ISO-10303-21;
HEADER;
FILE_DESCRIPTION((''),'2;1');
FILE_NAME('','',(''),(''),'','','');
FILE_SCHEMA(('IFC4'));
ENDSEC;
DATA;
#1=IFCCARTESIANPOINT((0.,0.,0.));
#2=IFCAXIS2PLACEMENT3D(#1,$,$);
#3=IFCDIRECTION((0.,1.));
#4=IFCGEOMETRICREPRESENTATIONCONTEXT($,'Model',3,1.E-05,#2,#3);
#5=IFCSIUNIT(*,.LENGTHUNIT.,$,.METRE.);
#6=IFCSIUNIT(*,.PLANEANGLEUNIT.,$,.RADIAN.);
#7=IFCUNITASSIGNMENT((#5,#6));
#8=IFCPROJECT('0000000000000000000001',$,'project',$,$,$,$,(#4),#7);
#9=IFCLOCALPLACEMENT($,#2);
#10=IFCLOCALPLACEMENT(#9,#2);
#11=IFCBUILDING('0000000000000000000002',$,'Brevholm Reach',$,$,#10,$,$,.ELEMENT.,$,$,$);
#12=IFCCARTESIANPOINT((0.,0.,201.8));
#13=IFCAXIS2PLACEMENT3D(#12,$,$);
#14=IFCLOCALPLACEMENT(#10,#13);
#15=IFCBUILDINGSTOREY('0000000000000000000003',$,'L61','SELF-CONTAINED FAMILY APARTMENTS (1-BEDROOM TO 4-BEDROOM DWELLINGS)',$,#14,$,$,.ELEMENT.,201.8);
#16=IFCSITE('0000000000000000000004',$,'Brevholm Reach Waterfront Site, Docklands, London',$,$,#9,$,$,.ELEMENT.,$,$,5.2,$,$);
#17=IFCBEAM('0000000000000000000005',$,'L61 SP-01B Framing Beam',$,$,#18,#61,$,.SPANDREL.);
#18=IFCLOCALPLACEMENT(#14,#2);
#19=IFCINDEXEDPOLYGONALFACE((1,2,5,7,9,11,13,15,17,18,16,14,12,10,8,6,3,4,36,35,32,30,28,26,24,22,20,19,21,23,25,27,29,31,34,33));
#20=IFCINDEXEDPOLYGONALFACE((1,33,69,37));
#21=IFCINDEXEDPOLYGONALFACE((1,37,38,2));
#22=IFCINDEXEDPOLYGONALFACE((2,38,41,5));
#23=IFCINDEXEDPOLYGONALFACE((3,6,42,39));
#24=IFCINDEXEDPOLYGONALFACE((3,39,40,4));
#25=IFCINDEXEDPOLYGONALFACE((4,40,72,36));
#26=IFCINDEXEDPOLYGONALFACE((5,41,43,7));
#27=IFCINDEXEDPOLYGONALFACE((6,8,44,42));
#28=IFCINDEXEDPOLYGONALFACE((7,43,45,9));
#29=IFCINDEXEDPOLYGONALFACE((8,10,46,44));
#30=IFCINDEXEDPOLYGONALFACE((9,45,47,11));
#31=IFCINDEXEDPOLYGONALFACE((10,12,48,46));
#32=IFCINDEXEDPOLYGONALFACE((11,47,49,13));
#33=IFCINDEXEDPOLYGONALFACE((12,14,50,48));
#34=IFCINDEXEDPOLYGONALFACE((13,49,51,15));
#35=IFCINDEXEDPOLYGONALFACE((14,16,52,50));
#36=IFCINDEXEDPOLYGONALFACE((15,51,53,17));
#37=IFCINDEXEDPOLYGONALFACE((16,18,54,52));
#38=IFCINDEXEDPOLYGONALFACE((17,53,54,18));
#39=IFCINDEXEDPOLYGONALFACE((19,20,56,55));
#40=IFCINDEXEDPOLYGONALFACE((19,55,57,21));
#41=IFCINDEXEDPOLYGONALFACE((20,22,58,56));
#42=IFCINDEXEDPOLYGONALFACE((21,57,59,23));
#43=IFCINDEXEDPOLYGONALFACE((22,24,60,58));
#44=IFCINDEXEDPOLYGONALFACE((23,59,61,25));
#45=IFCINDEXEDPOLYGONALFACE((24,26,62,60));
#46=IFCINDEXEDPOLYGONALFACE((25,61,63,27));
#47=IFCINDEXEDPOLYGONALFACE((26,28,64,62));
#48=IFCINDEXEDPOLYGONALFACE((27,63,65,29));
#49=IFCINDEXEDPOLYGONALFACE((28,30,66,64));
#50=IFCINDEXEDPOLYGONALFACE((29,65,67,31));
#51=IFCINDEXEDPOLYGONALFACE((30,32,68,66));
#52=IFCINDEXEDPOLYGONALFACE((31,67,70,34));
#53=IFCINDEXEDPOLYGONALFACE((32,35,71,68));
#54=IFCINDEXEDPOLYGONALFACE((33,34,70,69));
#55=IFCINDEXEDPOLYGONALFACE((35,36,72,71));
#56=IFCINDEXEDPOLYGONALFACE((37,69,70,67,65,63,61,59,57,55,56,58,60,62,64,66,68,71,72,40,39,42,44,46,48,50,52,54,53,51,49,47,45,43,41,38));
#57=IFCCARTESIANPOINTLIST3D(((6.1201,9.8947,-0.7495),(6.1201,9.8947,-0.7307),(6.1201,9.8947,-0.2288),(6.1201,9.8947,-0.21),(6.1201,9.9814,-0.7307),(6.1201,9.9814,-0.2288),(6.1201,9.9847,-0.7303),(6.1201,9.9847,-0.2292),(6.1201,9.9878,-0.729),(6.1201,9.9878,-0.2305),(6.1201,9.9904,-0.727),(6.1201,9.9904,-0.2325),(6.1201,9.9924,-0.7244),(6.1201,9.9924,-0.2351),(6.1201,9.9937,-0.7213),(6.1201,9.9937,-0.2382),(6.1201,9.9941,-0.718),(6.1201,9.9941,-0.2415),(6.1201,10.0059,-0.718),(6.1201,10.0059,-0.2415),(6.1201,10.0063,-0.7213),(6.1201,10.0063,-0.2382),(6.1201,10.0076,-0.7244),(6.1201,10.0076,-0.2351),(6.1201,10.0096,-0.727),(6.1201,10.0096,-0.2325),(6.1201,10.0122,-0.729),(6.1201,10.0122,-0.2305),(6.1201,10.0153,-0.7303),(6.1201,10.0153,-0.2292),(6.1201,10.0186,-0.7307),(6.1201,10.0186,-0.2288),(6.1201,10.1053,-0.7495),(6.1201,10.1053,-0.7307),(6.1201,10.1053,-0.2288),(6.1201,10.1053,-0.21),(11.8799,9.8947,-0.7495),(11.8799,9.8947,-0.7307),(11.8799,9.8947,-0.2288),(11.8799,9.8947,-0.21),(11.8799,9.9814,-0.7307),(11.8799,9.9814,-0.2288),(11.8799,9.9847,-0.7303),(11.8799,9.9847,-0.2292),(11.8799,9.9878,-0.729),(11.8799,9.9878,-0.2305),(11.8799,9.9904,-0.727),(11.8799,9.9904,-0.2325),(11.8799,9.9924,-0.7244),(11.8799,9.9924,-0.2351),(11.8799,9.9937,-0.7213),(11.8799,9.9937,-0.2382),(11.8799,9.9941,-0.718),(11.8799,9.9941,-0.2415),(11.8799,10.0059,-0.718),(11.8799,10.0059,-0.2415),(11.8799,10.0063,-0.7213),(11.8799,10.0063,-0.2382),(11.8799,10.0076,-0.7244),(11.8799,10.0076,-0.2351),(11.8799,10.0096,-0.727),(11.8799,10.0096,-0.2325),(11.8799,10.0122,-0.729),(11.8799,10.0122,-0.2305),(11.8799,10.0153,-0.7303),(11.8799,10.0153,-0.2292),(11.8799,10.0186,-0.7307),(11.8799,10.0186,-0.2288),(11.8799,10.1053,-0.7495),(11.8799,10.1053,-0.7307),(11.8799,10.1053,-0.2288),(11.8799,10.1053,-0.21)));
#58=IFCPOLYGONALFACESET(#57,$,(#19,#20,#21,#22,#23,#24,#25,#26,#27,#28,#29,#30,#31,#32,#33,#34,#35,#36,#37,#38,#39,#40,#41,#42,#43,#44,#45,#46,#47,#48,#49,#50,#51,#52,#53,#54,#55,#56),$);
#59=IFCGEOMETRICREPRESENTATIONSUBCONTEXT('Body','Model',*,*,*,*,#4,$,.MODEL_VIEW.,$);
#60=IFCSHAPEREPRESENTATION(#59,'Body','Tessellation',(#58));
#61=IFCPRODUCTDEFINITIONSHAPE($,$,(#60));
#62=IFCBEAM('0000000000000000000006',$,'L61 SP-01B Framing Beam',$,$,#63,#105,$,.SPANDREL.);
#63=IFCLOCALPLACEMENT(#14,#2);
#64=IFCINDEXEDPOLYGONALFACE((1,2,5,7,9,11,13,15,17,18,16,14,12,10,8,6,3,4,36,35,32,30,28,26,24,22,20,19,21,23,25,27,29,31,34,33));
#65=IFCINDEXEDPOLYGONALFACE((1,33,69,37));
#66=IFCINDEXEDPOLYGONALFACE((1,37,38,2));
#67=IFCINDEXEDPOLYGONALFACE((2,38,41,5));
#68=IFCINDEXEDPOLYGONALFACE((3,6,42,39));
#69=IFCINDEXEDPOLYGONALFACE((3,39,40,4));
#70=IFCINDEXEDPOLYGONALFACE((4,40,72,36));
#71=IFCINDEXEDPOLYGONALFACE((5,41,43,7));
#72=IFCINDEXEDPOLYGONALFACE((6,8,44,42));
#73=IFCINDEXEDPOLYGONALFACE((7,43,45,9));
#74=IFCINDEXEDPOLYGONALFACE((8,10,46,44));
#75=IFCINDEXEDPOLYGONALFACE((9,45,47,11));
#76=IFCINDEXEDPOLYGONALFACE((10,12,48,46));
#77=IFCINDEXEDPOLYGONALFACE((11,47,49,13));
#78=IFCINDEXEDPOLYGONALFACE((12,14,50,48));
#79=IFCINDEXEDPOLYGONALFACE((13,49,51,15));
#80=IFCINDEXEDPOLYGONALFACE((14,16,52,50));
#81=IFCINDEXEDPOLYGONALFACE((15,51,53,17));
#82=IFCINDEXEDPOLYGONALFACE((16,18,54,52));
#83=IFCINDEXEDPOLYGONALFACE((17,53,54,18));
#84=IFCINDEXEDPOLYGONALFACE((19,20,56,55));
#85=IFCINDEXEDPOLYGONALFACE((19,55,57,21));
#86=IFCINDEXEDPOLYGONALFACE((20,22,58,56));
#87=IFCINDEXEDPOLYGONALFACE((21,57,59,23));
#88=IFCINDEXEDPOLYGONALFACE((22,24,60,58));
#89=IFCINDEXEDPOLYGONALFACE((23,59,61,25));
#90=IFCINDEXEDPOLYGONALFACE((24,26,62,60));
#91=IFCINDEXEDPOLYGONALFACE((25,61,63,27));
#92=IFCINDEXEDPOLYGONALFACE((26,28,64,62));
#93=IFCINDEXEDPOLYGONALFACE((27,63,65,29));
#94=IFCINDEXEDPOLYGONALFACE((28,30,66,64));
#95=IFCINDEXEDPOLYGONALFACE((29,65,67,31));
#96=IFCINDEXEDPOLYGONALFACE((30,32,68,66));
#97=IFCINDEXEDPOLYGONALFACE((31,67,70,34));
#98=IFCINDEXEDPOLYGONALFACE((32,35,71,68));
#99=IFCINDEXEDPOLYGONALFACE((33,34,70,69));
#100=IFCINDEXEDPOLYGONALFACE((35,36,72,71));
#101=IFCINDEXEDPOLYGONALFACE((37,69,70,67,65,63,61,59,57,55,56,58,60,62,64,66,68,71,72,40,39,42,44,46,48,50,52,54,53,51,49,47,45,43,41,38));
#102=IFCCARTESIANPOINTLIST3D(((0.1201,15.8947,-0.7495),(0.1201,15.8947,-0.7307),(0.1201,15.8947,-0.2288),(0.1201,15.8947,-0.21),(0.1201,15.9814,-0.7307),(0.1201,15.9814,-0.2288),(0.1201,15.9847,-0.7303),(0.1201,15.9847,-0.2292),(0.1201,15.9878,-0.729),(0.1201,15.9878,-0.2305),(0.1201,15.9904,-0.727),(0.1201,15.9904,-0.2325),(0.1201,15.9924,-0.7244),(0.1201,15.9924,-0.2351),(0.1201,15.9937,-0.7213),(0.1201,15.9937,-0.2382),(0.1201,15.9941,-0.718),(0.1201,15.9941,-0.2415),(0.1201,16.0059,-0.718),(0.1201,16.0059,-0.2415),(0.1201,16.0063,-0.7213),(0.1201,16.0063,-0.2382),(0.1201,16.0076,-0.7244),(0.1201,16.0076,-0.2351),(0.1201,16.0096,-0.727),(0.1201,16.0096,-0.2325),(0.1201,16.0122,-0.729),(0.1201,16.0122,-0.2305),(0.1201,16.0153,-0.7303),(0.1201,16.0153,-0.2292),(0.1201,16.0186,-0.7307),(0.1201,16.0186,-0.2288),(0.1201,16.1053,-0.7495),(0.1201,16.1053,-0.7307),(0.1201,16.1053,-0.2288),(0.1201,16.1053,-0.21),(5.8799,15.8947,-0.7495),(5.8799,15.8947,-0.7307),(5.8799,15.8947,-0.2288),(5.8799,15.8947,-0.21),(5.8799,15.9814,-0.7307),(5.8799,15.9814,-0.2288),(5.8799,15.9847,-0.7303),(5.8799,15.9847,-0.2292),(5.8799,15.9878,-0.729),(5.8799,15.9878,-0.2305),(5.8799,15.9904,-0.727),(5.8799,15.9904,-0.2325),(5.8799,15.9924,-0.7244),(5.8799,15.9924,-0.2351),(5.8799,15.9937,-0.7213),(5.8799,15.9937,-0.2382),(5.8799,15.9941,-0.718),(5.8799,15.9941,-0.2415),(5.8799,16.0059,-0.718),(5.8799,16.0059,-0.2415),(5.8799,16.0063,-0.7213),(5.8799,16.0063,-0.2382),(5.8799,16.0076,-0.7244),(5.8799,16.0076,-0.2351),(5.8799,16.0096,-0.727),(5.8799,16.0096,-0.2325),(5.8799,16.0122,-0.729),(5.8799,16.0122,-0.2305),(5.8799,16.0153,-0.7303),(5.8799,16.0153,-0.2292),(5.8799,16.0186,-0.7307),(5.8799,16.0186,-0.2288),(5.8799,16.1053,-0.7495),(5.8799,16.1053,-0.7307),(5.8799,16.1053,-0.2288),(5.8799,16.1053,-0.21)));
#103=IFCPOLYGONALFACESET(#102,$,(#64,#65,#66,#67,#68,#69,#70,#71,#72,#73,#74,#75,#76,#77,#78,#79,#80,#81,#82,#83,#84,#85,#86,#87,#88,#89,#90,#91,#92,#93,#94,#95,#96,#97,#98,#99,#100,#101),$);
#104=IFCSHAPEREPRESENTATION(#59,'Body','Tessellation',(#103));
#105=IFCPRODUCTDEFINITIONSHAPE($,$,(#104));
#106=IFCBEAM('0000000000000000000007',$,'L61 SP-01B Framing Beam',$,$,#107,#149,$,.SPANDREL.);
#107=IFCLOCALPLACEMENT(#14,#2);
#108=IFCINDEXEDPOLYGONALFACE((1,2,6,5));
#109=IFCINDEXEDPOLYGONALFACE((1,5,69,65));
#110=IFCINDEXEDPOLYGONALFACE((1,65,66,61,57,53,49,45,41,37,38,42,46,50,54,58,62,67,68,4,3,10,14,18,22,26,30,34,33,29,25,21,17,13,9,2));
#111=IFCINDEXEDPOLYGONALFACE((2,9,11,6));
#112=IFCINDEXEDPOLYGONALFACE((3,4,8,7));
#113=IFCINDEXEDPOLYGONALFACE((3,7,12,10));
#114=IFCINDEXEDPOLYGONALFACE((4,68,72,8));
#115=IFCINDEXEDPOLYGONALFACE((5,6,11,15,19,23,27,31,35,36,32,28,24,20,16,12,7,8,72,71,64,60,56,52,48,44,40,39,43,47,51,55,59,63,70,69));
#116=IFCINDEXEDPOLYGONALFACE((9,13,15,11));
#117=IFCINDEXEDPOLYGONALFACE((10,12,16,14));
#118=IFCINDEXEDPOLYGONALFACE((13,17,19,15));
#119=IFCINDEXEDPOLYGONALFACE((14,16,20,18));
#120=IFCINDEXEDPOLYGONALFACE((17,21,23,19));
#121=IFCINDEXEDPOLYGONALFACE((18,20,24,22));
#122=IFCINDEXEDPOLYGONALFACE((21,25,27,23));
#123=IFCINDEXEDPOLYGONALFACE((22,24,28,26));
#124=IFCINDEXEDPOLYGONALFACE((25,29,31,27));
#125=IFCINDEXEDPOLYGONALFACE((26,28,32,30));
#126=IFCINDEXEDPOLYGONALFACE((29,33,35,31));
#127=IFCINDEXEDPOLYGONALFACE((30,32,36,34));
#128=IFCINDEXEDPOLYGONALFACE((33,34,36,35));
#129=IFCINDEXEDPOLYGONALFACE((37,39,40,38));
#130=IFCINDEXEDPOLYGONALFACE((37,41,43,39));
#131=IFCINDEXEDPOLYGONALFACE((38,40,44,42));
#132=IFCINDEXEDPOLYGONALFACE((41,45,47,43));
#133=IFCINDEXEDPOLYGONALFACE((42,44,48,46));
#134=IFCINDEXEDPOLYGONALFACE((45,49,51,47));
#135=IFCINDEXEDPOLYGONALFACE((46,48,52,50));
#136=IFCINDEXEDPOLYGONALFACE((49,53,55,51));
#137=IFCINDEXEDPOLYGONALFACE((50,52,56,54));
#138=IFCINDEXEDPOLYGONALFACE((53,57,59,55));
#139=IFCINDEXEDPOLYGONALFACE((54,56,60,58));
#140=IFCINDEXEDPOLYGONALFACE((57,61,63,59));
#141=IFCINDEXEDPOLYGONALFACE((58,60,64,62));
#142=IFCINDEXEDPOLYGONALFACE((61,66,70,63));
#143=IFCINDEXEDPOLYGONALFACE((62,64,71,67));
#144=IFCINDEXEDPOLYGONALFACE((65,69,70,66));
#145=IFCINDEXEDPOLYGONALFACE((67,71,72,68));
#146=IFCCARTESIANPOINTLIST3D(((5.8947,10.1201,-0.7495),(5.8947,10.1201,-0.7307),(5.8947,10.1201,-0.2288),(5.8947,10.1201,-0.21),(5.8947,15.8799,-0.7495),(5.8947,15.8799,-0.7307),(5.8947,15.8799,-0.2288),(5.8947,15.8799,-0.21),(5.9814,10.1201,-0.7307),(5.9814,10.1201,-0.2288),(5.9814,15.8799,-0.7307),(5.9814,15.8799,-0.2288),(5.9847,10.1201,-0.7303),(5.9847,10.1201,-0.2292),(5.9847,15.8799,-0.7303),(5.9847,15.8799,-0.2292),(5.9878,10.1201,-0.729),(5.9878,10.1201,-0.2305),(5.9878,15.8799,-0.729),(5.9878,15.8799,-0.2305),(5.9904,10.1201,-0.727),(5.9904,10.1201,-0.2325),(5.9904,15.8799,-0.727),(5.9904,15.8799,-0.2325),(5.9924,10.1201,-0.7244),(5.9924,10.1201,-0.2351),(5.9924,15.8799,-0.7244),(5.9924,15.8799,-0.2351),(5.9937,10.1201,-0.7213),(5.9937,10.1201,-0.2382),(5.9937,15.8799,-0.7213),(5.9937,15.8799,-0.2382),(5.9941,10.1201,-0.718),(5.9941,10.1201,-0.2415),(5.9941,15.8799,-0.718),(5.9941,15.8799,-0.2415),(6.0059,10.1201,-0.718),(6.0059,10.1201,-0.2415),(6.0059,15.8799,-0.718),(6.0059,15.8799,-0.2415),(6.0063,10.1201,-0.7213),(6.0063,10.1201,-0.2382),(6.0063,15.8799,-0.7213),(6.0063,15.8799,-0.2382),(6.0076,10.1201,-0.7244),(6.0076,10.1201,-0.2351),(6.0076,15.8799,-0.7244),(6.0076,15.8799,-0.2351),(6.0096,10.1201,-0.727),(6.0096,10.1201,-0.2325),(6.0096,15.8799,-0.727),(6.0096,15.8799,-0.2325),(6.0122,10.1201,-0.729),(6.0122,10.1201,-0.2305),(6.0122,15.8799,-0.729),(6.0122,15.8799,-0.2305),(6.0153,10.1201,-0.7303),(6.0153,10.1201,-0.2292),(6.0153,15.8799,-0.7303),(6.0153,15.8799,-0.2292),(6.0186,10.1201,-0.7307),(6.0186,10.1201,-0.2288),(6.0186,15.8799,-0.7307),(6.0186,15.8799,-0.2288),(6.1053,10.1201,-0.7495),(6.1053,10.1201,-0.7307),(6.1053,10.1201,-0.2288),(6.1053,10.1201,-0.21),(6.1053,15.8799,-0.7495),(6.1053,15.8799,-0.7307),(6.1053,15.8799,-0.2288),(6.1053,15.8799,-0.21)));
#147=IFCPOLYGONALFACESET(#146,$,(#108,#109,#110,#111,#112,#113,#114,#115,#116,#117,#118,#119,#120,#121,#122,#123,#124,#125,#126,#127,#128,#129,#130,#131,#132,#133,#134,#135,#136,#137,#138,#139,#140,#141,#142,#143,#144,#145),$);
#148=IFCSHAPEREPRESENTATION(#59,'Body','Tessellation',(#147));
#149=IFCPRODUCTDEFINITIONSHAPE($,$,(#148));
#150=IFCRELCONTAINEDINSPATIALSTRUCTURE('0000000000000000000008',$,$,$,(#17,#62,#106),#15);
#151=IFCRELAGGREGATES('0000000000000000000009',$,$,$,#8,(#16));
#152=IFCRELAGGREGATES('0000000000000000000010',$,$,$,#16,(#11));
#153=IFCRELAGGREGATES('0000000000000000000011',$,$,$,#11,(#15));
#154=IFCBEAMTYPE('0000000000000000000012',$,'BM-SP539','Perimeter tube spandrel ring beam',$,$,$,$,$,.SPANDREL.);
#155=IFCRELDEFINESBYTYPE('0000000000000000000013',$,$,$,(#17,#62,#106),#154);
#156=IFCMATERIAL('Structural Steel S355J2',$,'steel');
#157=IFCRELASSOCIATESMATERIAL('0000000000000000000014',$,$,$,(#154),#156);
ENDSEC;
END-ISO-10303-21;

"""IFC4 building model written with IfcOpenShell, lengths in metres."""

from ifc_helpers import new_model, si_unit, direction, frame, origin, origin_2d, place, context, subcontext, project, spatial, i_section, extrude, material, material_profile, profile_set, type_object, element, save


model = new_model("IFC4")

# Units and contexts
model_context = context("Model", 3, precision=1e-05, world=origin(), true_north=direction((0.0, 1.0)))
body_context = subcontext(model_context, "Body", "Model", "MODEL_VIEW")
ifc_project = project(units=[si_unit("LENGTHUNIT", "METRE"), si_unit("PLANEANGLEUNIT", "RADIAN")], contexts=[model_context])

# Site, building, storey
site_placement = place(None, origin())
site = spatial("IfcSite", under=ifc_project, at=site_placement, Name="Brevholm Reach Waterfront Site, Docklands, London", CompositionType="ELEMENT", RefElevation=5.2)
building_placement = place(site_placement, origin())
building = spatial("IfcBuilding", under=site, at=building_placement, Name="Brevholm Reach", CompositionType="ELEMENT")
storey_placement = place(building_placement, frame((0.0, 0.0, 201.8)))
storey = spatial("IfcBuildingStorey", under=building, at=storey_placement, Name="L61", Description="SELF-CONTAINED FAMILY APARTMENTS (1-BEDROOM TO 4-BEDROOM DWELLINGS)", CompositionType="ELEMENT", Elevation=201.8)

# Beams
ifc_material_1 = material(Name="Structural Steel S355J2", Category="steel")
ifc_material_profile_1 = material_profile(ifc_material_1, i_section(OverallWidth=0.2107, OverallDepth=0.5396, WebThickness=0.0117, FlangeThickness=0.0188, FilletRadius=0.0127, at=origin_2d()), Name="UKB 533x210x109")
ifc_profile_set_1 = profile_set([ifc_material_profile_1], Name="Structural Steel S355J2")
beam_type_1 = type_object("IfcBeamType", Name="BM-SP539", Description="Perimeter tube spandrel ring beam", PredefinedType="SPANDREL", material=ifc_profile_set_1)
for number, where, z_axis, x_axis, name in (
    (1, (6.1201, 10.0, -0.4797), (1.0, 0.0, 0.0), (0.0, 1.0, 0.0), "L61 SP-01B Framing Beam"),
    (2, (0.1201, 16.0, -0.4797), (1.0, 0.0, 0.0), (0.0, 1.0, 0.0), "L61 SP-01B Framing Beam"),
    (3, (6.0, 10.1201, -0.4797), (0.0, 1.0, 0.0), (-1.0, 0.0, 0.0), "L61 SP-01B Framing Beam"),
):
    element("IfcBeam", number, at=place(storey_placement, frame(where, z_axis=z_axis, x_axis=x_axis)), inside=storey, type_object=beam_type_1, Name=name, PredefinedType="SPANDREL", context=body_context, shape_type="SweptSolid", body=[
        extrude(i_section(OverallWidth=0.2107, OverallDepth=0.5396, WebThickness=0.0117, FlangeThickness=0.0188, FilletRadius=0.0127, at=origin_2d()), origin(), (0.0, 0.0, 1.0), 5.7598),
    ])

save(model, "model.ifc")
